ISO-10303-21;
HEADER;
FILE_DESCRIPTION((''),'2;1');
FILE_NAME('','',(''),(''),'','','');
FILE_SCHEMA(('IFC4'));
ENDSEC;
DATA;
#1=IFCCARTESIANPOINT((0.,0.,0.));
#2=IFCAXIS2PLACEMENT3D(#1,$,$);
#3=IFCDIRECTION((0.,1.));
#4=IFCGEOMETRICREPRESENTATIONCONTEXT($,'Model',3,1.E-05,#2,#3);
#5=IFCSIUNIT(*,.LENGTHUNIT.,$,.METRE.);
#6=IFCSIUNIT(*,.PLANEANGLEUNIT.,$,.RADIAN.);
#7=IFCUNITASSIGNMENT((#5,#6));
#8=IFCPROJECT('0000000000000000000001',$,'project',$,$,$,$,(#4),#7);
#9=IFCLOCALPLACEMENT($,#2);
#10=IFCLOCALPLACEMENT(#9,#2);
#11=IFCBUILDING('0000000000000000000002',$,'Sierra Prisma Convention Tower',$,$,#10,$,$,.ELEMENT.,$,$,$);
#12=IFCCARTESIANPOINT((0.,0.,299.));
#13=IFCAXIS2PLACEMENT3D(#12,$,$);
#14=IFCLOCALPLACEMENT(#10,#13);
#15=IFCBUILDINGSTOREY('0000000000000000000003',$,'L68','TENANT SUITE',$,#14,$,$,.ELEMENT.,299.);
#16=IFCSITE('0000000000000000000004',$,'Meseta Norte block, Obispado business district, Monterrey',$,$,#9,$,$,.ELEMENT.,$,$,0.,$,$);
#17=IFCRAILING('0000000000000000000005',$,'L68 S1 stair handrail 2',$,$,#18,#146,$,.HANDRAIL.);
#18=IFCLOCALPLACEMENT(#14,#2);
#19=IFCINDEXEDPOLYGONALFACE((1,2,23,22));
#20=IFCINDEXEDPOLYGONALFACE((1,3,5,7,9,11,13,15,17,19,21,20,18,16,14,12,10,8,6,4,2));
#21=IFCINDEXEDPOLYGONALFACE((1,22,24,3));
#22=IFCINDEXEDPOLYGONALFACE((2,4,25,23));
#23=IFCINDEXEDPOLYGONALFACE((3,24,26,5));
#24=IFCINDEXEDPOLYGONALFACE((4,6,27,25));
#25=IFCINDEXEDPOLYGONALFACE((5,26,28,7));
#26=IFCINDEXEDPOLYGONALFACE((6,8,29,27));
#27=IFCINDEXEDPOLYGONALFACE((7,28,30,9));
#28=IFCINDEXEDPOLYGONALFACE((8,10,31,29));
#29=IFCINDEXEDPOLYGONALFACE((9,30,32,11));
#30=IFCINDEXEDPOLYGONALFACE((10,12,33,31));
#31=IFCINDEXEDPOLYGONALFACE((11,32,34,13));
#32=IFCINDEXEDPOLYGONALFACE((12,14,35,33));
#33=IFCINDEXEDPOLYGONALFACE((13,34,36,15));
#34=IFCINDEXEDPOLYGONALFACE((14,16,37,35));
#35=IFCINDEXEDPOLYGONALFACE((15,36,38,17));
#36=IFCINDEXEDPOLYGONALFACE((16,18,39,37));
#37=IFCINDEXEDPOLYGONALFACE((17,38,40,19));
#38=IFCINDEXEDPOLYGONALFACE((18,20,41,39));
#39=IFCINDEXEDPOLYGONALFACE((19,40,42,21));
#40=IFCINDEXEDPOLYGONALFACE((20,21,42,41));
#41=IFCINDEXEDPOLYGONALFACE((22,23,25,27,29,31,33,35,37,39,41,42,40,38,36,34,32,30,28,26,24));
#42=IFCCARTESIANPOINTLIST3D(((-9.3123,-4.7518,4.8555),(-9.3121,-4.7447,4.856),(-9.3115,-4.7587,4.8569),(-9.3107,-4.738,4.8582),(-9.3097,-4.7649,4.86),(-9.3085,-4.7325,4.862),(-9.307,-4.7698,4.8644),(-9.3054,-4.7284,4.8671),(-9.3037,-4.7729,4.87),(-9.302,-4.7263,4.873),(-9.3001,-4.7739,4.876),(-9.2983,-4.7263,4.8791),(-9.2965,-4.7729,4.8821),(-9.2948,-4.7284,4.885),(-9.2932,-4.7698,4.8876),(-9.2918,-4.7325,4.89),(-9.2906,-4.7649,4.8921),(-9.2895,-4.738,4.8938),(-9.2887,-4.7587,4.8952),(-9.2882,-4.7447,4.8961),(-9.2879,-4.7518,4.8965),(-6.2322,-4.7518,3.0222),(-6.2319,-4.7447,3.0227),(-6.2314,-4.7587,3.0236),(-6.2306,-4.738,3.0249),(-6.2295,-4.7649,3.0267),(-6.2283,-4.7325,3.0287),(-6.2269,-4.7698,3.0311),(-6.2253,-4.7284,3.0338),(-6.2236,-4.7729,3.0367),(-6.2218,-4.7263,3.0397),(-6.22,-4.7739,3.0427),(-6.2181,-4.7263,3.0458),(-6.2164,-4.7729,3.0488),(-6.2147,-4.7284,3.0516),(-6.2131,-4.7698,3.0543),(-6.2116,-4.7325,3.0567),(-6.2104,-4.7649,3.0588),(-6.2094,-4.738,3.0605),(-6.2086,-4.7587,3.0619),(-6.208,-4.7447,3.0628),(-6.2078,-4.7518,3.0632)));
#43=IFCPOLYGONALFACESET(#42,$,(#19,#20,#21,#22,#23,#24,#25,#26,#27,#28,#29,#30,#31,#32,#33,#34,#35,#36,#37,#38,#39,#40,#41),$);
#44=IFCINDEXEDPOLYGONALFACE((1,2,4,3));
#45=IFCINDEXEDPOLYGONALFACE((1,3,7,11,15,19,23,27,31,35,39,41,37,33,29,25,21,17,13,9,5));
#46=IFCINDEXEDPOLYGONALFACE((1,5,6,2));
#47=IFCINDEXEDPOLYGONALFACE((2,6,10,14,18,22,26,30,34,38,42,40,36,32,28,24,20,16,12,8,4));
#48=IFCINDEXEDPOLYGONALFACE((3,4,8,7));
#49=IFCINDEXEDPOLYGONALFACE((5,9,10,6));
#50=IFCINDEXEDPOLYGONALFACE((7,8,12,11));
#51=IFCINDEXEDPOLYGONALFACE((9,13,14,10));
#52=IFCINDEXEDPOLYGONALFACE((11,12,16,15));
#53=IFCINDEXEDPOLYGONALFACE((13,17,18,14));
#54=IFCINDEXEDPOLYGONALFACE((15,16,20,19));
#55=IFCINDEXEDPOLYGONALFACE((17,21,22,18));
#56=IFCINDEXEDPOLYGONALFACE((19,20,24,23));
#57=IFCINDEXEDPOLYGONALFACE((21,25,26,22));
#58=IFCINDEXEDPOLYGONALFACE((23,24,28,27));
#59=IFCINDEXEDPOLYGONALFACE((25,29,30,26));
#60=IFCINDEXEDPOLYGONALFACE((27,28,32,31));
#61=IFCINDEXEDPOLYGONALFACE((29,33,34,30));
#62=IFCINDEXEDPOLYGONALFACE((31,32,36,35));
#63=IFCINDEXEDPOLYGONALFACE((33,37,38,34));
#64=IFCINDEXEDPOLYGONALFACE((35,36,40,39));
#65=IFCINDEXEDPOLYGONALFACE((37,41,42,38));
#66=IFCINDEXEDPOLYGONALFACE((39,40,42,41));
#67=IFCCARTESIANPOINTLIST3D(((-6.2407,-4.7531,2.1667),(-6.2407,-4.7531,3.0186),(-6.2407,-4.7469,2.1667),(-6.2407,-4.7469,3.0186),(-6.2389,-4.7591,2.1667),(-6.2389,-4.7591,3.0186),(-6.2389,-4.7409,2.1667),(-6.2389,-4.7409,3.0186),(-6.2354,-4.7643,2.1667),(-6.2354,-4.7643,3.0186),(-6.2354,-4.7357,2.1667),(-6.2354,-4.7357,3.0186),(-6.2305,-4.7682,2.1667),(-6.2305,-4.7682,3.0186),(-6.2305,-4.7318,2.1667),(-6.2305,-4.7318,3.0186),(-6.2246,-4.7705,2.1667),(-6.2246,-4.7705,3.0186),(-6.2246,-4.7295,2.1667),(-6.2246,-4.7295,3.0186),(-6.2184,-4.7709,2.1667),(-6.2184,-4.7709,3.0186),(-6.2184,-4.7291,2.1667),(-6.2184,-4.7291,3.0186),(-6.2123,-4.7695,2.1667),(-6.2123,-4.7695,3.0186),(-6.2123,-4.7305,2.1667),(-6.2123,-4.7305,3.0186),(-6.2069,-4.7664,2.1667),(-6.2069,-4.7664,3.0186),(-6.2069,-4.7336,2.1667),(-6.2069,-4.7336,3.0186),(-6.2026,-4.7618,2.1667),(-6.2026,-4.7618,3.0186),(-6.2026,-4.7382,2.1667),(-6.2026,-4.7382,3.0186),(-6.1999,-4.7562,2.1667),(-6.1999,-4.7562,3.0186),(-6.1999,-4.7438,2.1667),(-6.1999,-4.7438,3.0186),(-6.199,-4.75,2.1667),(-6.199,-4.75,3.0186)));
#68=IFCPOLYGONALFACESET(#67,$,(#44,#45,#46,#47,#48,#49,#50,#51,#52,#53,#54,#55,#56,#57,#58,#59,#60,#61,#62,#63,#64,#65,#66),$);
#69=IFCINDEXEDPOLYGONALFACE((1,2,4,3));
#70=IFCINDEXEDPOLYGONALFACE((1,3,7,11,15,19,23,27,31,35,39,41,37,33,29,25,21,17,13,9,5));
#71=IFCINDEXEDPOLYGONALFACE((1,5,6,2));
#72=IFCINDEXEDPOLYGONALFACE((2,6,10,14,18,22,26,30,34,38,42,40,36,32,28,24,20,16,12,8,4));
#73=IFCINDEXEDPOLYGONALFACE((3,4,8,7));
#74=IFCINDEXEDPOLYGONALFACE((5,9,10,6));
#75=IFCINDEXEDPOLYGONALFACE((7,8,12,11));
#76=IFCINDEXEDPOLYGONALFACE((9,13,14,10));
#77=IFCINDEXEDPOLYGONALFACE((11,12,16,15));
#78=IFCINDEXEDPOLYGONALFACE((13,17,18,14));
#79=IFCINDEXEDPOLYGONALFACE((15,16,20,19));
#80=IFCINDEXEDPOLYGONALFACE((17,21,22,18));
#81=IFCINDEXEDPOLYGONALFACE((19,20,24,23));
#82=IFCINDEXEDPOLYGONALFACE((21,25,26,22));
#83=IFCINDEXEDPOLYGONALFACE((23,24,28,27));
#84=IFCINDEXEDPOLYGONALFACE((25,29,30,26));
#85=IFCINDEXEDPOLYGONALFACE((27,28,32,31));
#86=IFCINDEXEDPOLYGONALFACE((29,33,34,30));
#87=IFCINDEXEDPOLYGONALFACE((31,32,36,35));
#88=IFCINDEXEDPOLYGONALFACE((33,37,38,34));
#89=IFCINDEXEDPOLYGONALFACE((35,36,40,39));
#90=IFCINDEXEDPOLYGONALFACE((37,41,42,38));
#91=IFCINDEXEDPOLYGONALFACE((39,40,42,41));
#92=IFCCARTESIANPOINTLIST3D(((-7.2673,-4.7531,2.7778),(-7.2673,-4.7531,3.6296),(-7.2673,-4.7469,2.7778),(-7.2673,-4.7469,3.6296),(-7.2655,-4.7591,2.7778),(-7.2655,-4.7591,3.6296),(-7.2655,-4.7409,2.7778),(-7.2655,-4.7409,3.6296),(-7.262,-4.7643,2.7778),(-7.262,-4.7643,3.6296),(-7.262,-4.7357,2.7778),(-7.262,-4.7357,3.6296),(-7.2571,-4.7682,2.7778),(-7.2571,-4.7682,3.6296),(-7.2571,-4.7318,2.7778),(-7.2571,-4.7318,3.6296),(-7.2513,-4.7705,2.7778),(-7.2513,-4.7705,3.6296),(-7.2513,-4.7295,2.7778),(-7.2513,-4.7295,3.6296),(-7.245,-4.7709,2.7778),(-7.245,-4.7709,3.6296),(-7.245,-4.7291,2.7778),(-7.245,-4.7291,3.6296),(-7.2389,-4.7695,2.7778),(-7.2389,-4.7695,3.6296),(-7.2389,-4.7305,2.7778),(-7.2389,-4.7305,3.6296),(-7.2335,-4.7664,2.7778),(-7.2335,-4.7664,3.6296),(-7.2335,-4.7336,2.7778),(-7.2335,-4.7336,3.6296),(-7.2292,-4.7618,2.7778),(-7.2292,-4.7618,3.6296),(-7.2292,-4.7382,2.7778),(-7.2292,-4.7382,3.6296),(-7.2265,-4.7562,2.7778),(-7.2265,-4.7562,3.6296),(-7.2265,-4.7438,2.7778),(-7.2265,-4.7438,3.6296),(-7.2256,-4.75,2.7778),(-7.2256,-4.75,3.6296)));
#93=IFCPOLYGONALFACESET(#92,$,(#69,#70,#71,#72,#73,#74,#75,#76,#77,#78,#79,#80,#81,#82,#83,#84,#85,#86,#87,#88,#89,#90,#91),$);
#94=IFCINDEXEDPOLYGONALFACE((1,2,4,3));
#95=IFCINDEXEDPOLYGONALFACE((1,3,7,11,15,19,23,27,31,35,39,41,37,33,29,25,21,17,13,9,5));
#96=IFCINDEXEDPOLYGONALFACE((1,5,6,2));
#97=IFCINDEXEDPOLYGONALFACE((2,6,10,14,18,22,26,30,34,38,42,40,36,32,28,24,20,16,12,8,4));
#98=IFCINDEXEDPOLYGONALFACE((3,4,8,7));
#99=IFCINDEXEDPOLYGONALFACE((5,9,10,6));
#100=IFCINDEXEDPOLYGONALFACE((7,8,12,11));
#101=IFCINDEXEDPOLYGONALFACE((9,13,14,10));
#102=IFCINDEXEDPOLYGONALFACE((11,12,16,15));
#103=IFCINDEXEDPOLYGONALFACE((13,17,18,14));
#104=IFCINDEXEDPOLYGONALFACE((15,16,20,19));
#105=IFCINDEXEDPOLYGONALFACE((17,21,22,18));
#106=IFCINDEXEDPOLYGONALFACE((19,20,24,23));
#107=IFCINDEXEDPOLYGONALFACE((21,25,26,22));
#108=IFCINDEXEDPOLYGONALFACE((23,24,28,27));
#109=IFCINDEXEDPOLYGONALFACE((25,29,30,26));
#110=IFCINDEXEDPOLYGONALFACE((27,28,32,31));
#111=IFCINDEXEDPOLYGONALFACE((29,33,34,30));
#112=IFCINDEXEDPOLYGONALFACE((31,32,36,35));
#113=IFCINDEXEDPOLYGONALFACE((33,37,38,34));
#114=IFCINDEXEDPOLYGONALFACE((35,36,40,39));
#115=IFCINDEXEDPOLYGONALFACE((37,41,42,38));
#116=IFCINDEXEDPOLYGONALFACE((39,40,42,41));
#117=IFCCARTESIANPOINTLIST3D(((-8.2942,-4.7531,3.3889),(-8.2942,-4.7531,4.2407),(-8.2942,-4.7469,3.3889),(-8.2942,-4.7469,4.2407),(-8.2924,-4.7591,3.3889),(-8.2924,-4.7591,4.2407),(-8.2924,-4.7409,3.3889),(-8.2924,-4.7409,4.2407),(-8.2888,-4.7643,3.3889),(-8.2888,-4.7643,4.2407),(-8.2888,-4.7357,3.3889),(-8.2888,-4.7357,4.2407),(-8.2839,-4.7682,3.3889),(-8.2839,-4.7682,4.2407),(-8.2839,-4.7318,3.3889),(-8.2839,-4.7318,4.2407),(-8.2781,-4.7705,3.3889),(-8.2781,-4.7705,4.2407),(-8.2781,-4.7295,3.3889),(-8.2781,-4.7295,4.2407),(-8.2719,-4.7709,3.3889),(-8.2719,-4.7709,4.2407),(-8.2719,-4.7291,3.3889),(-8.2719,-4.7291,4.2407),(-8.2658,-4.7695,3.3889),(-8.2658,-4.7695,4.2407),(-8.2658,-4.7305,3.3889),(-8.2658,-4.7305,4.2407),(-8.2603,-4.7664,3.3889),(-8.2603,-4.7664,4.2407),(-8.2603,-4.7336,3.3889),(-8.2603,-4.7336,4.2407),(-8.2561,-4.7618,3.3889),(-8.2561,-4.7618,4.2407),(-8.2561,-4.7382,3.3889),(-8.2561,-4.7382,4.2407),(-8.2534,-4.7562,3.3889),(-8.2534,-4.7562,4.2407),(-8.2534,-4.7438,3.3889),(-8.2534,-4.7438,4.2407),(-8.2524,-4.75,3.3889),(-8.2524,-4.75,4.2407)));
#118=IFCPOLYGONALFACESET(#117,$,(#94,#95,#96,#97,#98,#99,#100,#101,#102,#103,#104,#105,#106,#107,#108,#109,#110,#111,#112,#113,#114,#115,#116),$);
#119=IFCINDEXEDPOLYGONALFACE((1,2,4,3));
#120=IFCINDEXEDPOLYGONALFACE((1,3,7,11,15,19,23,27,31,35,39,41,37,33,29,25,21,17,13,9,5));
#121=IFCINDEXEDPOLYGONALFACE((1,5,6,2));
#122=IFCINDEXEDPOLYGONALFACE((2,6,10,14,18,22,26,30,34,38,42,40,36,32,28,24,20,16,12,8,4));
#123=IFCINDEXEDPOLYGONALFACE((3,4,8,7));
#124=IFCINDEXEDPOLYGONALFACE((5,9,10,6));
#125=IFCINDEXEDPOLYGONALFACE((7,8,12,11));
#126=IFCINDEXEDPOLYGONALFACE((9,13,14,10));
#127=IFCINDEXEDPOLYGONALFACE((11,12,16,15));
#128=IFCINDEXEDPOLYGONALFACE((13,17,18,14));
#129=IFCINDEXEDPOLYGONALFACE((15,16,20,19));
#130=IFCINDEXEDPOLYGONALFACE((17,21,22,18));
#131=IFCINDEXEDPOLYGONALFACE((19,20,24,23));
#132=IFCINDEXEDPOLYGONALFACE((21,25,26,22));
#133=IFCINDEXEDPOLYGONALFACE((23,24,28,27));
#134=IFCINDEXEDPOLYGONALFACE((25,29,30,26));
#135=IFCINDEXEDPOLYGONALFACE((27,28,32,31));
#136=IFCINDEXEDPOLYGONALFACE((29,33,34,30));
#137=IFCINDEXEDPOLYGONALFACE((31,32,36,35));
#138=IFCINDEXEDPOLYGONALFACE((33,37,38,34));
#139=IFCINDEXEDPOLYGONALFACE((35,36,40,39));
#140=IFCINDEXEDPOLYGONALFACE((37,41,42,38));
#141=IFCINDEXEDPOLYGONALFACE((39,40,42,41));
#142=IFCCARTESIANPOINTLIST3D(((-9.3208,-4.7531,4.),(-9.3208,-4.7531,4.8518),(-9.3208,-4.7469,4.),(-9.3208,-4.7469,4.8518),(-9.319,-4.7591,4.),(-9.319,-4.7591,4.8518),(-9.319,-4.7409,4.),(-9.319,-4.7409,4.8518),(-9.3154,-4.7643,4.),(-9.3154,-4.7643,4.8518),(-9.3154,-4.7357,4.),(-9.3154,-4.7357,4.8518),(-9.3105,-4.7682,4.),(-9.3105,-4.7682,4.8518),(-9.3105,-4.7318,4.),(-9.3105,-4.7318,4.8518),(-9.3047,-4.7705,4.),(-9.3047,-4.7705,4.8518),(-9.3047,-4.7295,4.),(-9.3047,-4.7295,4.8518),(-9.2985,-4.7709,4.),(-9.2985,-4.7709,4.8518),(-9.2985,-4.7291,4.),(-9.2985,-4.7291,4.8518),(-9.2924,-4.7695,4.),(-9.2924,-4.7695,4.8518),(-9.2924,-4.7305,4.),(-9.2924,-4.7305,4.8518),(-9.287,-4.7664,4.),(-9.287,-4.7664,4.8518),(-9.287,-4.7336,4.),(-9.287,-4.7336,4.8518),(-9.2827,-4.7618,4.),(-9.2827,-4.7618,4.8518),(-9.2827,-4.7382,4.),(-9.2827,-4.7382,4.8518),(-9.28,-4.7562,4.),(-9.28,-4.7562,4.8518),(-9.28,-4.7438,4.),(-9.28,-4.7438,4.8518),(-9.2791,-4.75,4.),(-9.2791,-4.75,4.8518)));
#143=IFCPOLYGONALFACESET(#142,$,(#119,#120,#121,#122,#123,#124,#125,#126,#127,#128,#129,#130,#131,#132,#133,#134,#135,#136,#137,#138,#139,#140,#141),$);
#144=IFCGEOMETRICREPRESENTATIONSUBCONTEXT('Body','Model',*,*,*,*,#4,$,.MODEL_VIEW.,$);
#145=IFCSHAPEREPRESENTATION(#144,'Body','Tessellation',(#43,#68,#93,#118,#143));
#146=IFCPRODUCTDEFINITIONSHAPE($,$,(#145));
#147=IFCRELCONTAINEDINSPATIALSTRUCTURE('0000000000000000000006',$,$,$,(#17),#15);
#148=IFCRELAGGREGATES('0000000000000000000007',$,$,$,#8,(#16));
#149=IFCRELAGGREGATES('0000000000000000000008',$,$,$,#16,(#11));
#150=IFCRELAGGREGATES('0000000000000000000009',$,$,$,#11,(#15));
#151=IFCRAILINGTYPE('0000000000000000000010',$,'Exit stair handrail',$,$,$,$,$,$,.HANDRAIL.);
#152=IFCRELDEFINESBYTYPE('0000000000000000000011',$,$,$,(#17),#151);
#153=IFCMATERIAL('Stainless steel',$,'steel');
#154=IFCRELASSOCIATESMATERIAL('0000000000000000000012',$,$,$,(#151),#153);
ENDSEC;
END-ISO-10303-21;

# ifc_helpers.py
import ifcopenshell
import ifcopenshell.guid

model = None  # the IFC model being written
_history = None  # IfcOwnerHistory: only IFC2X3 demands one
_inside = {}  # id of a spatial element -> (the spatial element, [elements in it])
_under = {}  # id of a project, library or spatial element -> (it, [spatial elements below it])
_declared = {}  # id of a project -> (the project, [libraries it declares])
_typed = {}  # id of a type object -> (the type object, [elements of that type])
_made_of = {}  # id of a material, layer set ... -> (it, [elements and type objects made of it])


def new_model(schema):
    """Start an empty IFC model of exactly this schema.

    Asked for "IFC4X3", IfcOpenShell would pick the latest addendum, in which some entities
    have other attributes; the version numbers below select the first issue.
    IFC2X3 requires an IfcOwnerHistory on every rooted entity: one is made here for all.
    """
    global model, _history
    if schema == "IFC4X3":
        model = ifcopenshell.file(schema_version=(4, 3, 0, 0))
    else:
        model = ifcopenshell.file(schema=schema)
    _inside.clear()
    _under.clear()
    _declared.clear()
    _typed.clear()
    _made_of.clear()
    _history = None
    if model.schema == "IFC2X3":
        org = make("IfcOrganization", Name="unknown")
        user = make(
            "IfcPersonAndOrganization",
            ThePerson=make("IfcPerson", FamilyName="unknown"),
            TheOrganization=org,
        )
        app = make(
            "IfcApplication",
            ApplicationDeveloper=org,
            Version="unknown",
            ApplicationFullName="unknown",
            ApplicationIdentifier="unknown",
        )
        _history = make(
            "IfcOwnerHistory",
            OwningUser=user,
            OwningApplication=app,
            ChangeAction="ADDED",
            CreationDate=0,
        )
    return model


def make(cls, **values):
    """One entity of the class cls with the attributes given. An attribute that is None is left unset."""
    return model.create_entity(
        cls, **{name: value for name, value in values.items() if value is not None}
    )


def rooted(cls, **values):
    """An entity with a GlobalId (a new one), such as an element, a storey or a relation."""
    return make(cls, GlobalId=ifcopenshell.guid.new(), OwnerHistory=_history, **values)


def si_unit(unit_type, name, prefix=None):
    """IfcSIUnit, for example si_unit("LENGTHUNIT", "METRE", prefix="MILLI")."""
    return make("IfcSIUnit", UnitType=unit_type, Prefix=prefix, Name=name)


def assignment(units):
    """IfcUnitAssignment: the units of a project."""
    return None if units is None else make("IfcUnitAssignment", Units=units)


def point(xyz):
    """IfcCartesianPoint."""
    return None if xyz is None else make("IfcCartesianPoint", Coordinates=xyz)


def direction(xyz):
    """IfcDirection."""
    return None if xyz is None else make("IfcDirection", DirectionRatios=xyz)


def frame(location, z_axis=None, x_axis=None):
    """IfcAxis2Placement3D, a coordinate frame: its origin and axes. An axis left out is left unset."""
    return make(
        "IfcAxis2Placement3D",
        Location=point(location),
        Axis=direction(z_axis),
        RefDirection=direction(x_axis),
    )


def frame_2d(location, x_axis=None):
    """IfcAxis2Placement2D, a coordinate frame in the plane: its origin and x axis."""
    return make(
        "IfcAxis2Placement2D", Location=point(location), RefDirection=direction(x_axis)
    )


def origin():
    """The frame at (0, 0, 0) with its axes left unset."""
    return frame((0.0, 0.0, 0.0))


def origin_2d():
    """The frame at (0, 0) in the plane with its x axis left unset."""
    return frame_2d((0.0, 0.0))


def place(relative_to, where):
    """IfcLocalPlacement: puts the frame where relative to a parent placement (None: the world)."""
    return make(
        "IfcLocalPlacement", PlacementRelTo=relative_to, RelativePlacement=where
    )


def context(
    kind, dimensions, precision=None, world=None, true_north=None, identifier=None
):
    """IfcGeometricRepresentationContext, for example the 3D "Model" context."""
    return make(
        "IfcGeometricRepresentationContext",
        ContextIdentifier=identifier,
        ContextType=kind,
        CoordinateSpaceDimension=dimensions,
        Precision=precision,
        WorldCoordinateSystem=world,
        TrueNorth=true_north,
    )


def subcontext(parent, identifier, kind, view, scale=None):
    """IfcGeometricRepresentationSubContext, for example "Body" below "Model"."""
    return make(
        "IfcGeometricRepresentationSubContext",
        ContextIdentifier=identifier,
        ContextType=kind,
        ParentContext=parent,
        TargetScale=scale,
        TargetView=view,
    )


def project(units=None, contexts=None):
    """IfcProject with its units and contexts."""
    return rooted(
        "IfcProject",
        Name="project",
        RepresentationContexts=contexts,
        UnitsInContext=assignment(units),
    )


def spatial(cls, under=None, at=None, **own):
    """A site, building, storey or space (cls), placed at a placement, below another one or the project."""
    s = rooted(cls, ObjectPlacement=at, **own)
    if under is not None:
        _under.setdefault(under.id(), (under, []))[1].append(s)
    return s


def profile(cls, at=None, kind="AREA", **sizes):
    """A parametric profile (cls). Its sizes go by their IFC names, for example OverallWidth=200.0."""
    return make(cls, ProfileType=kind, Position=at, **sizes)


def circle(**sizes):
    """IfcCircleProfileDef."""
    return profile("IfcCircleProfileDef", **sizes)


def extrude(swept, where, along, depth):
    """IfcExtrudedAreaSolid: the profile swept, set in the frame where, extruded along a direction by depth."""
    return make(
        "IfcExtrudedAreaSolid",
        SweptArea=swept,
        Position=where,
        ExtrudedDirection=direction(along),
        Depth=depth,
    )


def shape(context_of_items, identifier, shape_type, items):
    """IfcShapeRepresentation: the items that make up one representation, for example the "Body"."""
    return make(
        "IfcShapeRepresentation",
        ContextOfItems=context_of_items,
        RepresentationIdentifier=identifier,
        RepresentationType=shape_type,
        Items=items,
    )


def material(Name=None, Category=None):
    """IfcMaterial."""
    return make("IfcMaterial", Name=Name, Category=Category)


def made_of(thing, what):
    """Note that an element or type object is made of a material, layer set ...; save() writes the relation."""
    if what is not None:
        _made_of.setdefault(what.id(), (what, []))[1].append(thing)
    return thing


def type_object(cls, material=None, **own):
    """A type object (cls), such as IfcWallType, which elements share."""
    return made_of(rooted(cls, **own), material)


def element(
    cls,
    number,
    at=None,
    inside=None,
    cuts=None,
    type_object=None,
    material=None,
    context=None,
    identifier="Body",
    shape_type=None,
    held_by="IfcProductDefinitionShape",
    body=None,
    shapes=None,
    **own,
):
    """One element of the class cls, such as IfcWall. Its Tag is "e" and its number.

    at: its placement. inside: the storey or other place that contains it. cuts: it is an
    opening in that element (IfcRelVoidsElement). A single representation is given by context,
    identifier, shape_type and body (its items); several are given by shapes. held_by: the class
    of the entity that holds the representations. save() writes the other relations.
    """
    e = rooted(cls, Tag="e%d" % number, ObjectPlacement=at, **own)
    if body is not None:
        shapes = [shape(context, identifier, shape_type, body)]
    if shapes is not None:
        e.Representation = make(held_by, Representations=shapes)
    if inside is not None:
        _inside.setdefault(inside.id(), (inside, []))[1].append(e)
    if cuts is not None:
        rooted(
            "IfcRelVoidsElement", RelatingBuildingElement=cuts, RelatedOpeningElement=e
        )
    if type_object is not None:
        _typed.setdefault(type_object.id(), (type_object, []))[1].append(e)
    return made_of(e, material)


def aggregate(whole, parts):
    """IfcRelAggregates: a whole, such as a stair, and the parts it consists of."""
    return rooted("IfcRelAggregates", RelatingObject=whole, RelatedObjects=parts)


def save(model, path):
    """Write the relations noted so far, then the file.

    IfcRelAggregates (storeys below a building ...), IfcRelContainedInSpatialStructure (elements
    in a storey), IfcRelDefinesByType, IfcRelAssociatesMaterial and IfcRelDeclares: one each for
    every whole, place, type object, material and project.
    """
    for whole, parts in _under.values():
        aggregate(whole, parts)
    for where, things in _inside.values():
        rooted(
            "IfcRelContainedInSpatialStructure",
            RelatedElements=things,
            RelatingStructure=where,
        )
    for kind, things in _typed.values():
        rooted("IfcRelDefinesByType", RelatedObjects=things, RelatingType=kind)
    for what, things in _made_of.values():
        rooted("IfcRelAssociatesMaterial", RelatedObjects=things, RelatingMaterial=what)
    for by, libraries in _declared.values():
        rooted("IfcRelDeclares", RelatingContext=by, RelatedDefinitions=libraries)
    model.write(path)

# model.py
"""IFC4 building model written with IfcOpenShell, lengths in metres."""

from ifc_helpers import new_model, si_unit, direction, frame, origin, origin_2d, place, context, subcontext, project, spatial, circle, extrude, material, type_object, element, save


model = new_model("IFC4")

# Units and contexts
model_context = context("Model", 3, precision=1e-05, world=origin(), true_north=direction((0.0, 1.0)))
body_context = subcontext(model_context, "Body", "Model", "MODEL_VIEW")
ifc_project = project(units=[si_unit("LENGTHUNIT", "METRE"), si_unit("PLANEANGLEUNIT", "RADIAN")], contexts=[model_context])

# Site, building, storey
site_placement = place(None, origin())
site = spatial("IfcSite", under=ifc_project, at=site_placement, Name="Meseta Norte block, Obispado business district, Monterrey", CompositionType="ELEMENT", RefElevation=0.0)
building_placement = place(site_placement, origin())
building = spatial("IfcBuilding", under=site, at=building_placement, Name="Sierra Prisma Convention Tower", CompositionType="ELEMENT")
storey_placement = place(building_placement, frame((0.0, 0.0, 299.0)))
storey = spatial("IfcBuildingStorey", under=building, at=storey_placement, Name="L68", Description="TENANT SUITE", CompositionType="ELEMENT", Elevation=299.0)

# Railing
ifc_material_1 = material(Name="Stainless steel", Category="steel")
railing_type_1 = type_object("IfcRailingType", Name="Exit stair handrail", PredefinedType="HANDRAIL", material=ifc_material_1)
railing_1_placement = place(storey_placement, frame((-6.22, -4.75, 2.1667)))
element("IfcRailing", 1, at=railing_1_placement, inside=storey, type_object=railing_type_1, Name="L68 S1 stair handrail 2", PredefinedType="HANDRAIL", context=body_context, shape_type="SweptSolid", body=[
    extrude(circle(Radius=0.0239, at=origin_2d()), frame((0.0, 0.0, 0.876), z_axis=(-0.859309, 0.0, 0.511458), x_axis=(0.0, -1.0, 0.0)), (0.0, 0.0, 1.0), 3.5845),
    extrude(circle(Radius=0.021, at=origin_2d()), origin(), (0.0, 0.0, 1.0), 0.8518),
    extrude(circle(Radius=0.021, at=origin_2d()), frame((-1.0266, 0.0, 0.6111)), (0.0, 0.0, 1.0), 0.8518),
    extrude(circle(Radius=0.021, at=origin_2d()), frame((-2.0535, 0.0, 1.2222)), (0.0, 0.0, 1.0), 0.8518),
    extrude(circle(Radius=0.021, at=origin_2d()), frame((-3.0801, 0.0, 1.8333)), (0.0, 0.0, 1.0), 0.8518),
])

save(model, "model.ifc")
